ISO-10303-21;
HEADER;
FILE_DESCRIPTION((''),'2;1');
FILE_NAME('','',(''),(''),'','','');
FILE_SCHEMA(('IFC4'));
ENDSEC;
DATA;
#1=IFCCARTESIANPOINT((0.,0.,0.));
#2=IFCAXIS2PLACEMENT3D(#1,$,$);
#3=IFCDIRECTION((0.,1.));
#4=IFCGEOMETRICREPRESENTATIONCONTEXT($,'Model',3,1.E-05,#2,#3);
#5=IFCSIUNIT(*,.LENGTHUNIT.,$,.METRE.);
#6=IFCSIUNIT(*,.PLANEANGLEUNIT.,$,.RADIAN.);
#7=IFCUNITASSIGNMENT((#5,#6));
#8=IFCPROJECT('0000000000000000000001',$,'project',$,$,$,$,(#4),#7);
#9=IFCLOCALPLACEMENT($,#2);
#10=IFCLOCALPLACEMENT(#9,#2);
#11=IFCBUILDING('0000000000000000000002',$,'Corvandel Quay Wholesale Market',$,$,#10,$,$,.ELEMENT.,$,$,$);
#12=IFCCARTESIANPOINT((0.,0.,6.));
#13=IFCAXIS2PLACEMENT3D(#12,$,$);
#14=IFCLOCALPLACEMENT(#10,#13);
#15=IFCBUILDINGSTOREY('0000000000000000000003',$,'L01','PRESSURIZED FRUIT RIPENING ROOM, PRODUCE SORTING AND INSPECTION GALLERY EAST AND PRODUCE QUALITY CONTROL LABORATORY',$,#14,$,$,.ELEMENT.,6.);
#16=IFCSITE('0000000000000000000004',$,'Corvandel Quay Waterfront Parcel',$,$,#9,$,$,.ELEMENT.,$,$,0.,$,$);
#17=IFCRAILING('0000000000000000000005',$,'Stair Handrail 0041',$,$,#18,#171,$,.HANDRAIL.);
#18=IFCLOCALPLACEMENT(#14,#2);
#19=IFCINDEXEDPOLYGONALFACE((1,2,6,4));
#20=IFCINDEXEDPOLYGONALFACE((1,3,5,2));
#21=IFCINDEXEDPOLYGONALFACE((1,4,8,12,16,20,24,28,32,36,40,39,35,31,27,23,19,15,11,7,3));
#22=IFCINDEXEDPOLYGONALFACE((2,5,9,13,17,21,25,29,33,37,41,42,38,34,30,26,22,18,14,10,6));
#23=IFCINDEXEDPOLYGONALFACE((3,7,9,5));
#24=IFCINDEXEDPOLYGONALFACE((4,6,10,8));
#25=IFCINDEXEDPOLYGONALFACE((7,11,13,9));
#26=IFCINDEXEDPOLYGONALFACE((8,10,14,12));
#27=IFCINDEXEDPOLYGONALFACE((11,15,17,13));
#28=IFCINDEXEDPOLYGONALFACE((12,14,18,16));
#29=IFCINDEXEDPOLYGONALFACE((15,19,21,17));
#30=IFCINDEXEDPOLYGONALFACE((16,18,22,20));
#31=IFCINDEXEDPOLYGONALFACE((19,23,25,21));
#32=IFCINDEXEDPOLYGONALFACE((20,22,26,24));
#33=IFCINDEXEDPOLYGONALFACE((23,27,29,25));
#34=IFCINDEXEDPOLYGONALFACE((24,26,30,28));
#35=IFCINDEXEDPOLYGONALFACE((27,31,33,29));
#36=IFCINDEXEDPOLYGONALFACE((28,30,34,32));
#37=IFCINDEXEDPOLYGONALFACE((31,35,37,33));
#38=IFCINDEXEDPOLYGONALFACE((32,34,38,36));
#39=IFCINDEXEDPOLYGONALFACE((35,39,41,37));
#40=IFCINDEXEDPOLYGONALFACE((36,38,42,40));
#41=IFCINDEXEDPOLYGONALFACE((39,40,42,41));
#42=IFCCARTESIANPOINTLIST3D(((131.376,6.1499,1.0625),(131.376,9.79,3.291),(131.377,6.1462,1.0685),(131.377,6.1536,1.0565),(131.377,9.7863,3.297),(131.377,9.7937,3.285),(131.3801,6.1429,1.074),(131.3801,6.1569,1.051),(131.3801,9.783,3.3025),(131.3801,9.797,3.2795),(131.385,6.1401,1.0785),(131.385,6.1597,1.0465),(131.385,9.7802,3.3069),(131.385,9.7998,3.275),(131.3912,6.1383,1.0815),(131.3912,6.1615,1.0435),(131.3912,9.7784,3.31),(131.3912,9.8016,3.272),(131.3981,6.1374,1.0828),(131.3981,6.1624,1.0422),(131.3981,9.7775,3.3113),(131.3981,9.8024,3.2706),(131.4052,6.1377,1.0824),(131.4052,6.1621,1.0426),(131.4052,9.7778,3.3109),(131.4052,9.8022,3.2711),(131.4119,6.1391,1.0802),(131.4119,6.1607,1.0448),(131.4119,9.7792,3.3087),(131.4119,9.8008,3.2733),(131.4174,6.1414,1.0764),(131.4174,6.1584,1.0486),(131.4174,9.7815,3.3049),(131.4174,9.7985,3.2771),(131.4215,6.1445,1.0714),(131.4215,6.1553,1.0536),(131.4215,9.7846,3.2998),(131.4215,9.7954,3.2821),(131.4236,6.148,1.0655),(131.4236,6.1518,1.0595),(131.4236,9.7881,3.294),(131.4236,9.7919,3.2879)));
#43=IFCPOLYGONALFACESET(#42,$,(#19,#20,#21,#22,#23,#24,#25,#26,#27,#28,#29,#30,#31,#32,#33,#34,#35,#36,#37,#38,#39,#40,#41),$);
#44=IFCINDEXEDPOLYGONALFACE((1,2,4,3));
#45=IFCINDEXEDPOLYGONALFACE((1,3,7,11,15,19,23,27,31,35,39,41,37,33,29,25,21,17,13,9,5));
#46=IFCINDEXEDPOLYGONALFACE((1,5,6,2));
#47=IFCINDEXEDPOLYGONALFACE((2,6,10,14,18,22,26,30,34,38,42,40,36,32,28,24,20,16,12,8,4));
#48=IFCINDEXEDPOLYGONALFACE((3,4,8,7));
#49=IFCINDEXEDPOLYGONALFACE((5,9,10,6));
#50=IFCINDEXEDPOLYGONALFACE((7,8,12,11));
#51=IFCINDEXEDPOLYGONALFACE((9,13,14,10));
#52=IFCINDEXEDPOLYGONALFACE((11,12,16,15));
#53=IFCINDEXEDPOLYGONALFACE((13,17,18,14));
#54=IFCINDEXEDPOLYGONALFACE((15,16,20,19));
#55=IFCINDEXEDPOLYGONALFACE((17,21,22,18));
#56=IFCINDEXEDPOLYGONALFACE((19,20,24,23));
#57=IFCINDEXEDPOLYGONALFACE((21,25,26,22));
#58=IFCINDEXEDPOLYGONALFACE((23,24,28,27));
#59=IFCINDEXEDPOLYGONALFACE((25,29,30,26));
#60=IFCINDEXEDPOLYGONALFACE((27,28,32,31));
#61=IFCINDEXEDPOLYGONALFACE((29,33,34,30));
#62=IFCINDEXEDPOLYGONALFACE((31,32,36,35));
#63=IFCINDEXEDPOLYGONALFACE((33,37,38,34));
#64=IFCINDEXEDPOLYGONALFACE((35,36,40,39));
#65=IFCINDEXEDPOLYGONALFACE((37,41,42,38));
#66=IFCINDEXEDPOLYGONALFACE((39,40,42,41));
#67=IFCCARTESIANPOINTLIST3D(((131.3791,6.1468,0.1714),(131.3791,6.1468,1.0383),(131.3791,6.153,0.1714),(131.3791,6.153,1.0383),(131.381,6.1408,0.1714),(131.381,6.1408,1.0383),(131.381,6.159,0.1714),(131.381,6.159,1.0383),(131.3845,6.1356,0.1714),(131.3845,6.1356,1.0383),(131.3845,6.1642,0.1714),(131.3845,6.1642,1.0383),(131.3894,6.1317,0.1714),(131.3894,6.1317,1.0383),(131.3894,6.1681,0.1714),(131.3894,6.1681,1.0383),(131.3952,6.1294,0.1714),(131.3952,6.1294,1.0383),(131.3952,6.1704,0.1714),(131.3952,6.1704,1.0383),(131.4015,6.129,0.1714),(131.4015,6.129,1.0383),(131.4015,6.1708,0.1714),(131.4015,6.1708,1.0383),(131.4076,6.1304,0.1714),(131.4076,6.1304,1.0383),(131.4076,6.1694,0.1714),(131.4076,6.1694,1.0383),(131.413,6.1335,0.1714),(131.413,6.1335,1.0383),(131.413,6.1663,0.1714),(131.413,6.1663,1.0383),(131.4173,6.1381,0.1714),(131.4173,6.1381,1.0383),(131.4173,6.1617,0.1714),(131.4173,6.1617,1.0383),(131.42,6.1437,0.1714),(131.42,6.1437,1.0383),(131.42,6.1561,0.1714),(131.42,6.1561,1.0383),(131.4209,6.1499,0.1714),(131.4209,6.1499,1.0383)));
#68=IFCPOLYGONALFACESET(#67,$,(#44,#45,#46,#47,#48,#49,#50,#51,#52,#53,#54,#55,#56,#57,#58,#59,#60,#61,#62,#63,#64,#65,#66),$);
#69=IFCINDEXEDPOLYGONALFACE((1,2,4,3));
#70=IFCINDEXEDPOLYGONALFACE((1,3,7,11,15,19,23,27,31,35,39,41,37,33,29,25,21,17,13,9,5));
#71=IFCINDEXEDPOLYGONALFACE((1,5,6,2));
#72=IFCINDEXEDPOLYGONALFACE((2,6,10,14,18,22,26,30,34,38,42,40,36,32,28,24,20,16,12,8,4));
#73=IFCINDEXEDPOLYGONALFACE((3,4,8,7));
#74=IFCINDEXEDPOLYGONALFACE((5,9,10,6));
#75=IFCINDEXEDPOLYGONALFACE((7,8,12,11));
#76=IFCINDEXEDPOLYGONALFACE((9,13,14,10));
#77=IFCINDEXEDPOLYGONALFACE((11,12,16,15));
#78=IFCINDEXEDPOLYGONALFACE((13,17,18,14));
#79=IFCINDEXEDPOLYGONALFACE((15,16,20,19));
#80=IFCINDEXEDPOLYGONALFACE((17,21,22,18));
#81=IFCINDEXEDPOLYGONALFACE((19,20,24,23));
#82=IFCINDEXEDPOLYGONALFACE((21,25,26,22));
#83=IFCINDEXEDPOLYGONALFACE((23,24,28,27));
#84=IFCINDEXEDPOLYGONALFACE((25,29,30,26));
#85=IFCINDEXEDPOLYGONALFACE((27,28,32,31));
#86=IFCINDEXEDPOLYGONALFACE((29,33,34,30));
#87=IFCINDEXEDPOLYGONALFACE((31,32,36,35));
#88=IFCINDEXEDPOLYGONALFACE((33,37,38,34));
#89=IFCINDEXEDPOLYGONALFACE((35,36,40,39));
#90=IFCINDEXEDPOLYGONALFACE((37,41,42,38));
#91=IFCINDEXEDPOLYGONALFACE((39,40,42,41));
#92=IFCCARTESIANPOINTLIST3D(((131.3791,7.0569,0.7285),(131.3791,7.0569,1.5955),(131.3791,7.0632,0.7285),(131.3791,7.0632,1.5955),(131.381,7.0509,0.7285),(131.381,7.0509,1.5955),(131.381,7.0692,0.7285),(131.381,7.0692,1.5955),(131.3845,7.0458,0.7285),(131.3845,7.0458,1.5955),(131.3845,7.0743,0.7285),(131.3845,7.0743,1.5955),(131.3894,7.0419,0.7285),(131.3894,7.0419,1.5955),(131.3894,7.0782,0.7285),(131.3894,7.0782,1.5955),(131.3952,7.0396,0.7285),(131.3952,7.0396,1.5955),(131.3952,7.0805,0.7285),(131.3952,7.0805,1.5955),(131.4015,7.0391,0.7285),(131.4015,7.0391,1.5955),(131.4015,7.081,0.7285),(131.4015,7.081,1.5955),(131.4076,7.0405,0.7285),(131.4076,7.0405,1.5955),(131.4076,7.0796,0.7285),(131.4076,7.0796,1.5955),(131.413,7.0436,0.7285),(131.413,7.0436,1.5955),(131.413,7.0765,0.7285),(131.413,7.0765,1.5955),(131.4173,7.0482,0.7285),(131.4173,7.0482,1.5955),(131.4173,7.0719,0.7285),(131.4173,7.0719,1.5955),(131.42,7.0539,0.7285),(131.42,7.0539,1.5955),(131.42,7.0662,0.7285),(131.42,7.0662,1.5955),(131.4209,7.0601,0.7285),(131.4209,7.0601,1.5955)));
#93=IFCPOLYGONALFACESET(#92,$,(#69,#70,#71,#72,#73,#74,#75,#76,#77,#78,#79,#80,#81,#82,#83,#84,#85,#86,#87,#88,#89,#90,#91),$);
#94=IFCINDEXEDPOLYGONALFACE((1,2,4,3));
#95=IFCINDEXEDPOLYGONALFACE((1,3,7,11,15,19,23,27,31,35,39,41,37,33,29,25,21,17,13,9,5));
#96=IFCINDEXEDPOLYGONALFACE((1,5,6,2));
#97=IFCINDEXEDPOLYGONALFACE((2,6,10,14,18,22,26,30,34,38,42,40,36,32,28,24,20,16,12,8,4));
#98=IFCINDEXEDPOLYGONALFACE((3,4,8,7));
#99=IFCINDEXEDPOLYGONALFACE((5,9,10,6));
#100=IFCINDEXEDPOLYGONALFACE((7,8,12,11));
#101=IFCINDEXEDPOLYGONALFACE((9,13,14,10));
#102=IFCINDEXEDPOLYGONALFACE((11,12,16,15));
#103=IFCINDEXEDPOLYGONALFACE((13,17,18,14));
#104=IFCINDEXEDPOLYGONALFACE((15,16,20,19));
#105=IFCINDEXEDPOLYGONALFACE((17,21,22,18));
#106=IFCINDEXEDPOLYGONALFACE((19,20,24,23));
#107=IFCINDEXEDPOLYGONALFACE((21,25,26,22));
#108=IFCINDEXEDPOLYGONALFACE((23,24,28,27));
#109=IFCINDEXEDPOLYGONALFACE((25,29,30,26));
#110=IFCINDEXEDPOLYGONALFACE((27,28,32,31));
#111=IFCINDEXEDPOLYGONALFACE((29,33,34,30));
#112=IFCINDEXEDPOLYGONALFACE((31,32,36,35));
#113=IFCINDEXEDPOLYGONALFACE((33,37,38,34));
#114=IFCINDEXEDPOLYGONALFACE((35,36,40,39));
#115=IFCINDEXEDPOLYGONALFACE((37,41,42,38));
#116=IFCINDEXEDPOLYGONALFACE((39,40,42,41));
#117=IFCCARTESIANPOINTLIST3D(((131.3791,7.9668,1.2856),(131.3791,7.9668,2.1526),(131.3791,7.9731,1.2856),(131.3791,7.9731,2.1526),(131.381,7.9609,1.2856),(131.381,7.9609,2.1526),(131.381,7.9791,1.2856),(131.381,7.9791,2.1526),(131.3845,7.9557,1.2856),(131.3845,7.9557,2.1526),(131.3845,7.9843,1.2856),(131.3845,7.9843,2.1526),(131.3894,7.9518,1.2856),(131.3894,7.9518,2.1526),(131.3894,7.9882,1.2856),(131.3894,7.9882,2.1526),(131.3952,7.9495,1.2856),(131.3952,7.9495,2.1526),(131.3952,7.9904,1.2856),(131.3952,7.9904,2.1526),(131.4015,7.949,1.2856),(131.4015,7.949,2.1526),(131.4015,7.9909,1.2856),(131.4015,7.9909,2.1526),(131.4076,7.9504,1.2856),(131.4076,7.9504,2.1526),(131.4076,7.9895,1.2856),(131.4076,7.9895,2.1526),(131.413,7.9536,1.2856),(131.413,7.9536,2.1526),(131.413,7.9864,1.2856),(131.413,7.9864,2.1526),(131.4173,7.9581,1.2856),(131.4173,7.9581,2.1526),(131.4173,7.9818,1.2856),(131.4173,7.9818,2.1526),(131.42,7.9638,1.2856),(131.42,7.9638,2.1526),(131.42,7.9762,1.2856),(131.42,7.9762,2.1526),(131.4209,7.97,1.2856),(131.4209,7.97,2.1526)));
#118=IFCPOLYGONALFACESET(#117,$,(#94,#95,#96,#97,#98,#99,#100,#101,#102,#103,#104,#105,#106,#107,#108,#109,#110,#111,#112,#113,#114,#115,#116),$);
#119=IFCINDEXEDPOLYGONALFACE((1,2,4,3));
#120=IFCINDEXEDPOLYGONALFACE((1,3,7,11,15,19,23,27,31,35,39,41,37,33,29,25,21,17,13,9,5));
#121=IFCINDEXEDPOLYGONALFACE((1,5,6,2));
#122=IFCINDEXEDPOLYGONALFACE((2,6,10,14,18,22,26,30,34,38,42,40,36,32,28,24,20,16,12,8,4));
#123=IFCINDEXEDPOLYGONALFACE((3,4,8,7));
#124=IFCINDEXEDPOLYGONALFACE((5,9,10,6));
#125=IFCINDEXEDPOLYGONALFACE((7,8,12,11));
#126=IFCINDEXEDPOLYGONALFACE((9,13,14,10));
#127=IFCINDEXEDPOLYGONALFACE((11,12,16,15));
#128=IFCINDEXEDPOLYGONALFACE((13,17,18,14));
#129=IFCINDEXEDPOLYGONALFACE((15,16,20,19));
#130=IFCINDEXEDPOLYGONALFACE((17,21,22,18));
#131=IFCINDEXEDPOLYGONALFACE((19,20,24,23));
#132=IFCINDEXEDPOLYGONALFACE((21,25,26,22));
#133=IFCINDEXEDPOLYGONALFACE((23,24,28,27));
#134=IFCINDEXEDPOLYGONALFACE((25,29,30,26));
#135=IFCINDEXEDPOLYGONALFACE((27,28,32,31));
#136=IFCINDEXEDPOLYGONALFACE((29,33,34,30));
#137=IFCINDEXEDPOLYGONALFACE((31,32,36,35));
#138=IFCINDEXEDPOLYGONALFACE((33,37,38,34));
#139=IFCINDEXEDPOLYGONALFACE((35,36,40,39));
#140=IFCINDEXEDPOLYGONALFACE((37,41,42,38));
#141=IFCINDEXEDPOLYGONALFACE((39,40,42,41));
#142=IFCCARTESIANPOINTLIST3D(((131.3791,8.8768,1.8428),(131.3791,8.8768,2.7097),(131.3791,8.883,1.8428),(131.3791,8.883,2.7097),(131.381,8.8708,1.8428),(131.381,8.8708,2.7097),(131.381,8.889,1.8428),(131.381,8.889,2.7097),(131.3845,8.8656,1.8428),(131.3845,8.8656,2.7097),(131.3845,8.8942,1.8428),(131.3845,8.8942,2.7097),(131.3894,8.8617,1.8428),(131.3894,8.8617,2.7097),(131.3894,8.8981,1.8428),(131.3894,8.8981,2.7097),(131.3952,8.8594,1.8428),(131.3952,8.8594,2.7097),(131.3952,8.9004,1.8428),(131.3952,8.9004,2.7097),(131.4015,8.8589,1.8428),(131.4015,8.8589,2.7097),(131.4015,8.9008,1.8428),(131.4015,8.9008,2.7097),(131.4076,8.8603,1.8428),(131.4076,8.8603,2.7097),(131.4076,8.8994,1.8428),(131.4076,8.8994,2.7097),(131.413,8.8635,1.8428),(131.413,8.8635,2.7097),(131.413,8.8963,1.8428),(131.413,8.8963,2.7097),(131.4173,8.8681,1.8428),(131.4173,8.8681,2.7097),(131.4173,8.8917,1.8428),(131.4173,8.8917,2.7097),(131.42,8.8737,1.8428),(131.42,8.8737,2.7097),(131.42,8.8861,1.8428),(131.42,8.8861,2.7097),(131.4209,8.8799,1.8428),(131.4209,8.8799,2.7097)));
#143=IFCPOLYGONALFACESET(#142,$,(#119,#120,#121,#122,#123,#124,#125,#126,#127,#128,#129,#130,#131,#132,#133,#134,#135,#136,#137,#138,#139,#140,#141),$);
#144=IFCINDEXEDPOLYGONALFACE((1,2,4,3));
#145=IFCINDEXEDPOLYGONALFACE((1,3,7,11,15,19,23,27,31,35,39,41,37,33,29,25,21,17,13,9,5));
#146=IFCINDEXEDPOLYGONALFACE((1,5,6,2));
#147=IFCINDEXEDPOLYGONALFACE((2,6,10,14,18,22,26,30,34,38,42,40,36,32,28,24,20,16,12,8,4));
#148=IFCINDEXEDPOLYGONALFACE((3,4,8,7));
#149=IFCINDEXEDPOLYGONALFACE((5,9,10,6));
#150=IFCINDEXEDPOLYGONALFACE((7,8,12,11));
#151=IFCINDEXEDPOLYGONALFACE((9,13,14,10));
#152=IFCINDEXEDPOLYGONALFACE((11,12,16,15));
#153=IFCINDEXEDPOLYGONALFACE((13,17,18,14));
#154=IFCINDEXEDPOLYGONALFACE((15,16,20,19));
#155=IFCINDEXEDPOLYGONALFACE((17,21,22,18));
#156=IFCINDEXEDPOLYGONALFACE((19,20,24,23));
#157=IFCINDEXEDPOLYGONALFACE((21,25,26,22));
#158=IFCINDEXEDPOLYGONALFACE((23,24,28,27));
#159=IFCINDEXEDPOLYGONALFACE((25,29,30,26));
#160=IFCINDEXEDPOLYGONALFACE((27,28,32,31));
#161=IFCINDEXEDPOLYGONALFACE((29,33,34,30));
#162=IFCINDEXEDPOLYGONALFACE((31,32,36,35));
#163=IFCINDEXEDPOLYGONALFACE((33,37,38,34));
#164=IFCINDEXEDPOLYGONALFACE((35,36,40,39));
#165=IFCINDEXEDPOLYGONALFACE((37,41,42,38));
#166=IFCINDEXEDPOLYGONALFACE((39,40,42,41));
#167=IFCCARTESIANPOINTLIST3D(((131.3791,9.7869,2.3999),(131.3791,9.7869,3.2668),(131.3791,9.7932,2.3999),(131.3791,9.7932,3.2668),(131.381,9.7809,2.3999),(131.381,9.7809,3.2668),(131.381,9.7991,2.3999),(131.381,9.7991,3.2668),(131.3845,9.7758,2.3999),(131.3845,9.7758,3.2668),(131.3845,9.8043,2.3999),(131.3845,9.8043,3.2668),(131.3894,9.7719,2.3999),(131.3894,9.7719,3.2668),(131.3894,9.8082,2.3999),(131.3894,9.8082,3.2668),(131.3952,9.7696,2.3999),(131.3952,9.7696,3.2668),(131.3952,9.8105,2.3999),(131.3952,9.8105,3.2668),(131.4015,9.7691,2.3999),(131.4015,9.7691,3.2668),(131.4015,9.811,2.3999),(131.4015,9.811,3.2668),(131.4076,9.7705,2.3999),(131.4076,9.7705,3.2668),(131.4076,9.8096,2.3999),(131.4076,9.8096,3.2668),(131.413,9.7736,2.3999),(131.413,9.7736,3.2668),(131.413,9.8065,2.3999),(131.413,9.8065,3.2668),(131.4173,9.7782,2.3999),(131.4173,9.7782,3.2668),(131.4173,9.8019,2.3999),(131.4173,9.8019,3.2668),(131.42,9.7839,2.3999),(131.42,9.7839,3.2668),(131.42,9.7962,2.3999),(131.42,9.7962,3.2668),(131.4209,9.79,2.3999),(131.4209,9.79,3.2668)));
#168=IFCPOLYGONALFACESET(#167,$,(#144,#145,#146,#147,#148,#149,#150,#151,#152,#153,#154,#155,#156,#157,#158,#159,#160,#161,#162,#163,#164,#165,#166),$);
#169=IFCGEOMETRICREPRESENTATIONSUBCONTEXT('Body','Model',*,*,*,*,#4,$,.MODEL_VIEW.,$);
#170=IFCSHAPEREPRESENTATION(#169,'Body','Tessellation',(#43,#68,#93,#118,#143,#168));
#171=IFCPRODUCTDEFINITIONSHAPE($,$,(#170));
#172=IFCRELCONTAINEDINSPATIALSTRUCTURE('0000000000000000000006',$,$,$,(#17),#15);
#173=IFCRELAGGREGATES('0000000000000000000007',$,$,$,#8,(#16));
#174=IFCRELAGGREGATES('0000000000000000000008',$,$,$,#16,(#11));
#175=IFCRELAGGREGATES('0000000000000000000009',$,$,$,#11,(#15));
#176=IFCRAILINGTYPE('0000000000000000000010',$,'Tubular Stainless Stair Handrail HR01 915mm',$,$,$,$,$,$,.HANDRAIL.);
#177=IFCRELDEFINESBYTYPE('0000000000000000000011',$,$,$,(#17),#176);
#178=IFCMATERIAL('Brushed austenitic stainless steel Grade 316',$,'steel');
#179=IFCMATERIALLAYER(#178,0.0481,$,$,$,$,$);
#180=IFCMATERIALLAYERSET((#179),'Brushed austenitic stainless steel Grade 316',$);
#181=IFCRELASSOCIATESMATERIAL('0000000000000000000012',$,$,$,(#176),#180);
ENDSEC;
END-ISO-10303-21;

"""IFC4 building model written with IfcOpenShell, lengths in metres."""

from ifc_helpers import new_model, si_unit, direction, frame, origin, origin_2d, place, context, subcontext, project, spatial, circle, extrude, material, layer, layer_set, type_object, element, save


model = new_model("IFC4")

# Units and contexts
model_context = context("Model", 3, precision=1e-05, world=origin(), true_north=direction((0.0, 1.0)))
body_context = subcontext(model_context, "Body", "Model", "MODEL_VIEW")
ifc_project = project(units=[si_unit("LENGTHUNIT", "METRE"), si_unit("PLANEANGLEUNIT", "RADIAN")], contexts=[model_context])

# Site, building, storey
site_placement = place(None, origin())
site = spatial("IfcSite", under=ifc_project, at=site_placement, Name="Corvandel Quay Waterfront Parcel", CompositionType="ELEMENT", RefElevation=0.0)
building_placement = place(site_placement, origin())
building = spatial("IfcBuilding", under=site, at=building_placement, Name="Corvandel Quay Wholesale Market", CompositionType="ELEMENT")
storey_placement = place(building_placement, frame((0.0, 0.0, 6.0)))
storey = spatial("IfcBuildingStorey", under=building, at=storey_placement, Name="L01", Description="PRESSURIZED FRUIT RIPENING ROOM, PRODUCE SORTING AND INSPECTION GALLERY EAST AND PRODUCE QUALITY CONTROL LABORATORY", CompositionType="ELEMENT", Elevation=6.0)

# Railing
ifc_material_1 = material(Name="Brushed austenitic stainless steel Grade 316", Category="steel")
ifc_layer_1 = layer(ifc_material_1, 0.0481)
ifc_layer_set_1 = layer_set([ifc_layer_1], Name="Brushed austenitic stainless steel Grade 316")
railing_type_1 = type_object("IfcRailingType", Name="Tubular Stainless Stair Handrail HR01 915mm", PredefinedType="HANDRAIL", material=ifc_layer_set_1)
for number, where, name in (
    (1, (131.3999, 6.1499, 0.1714), "Stair Handrail 0041"),
):
    element("IfcRailing", number, at=place(storey_placement, frame(where)), inside=storey, type_object=railing_type_1, Name=name, PredefinedType="HANDRAIL", context=body_context, shape_type="SweptSolid", body=[
        extrude(circle(Radius=0.0239, at=origin_2d()), frame((0.0, 0.0, 0.8911), z_axis=(0.0, 0.852866, 0.52213), x_axis=(-1.0, 0.0, 0.0)), (0.0, 0.0, 1.0), 4.2681),
        extrude(circle(Radius=0.021, at=origin_2d()), origin(), (0.0, 0.0, 1.0), 0.8669),
        extrude(circle(Radius=0.021, at=origin_2d()), frame((0.0, 0.9102, 0.5571)), (0.0, 0.0, 1.0), 0.8669),
        extrude(circle(Radius=0.021, at=origin_2d()), frame((0.0, 1.8201, 1.1143)), (0.0, 0.0, 1.0), 0.8669),
        extrude(circle(Radius=0.021, at=origin_2d()), frame((0.0, 2.73, 1.6714)), (0.0, 0.0, 1.0), 0.8669),
        extrude(circle(Radius=0.021, at=origin_2d()), frame((0.0, 3.6401, 2.2285)), (0.0, 0.0, 1.0), 0.8669),
    ])

save(model, "model.ifc")
